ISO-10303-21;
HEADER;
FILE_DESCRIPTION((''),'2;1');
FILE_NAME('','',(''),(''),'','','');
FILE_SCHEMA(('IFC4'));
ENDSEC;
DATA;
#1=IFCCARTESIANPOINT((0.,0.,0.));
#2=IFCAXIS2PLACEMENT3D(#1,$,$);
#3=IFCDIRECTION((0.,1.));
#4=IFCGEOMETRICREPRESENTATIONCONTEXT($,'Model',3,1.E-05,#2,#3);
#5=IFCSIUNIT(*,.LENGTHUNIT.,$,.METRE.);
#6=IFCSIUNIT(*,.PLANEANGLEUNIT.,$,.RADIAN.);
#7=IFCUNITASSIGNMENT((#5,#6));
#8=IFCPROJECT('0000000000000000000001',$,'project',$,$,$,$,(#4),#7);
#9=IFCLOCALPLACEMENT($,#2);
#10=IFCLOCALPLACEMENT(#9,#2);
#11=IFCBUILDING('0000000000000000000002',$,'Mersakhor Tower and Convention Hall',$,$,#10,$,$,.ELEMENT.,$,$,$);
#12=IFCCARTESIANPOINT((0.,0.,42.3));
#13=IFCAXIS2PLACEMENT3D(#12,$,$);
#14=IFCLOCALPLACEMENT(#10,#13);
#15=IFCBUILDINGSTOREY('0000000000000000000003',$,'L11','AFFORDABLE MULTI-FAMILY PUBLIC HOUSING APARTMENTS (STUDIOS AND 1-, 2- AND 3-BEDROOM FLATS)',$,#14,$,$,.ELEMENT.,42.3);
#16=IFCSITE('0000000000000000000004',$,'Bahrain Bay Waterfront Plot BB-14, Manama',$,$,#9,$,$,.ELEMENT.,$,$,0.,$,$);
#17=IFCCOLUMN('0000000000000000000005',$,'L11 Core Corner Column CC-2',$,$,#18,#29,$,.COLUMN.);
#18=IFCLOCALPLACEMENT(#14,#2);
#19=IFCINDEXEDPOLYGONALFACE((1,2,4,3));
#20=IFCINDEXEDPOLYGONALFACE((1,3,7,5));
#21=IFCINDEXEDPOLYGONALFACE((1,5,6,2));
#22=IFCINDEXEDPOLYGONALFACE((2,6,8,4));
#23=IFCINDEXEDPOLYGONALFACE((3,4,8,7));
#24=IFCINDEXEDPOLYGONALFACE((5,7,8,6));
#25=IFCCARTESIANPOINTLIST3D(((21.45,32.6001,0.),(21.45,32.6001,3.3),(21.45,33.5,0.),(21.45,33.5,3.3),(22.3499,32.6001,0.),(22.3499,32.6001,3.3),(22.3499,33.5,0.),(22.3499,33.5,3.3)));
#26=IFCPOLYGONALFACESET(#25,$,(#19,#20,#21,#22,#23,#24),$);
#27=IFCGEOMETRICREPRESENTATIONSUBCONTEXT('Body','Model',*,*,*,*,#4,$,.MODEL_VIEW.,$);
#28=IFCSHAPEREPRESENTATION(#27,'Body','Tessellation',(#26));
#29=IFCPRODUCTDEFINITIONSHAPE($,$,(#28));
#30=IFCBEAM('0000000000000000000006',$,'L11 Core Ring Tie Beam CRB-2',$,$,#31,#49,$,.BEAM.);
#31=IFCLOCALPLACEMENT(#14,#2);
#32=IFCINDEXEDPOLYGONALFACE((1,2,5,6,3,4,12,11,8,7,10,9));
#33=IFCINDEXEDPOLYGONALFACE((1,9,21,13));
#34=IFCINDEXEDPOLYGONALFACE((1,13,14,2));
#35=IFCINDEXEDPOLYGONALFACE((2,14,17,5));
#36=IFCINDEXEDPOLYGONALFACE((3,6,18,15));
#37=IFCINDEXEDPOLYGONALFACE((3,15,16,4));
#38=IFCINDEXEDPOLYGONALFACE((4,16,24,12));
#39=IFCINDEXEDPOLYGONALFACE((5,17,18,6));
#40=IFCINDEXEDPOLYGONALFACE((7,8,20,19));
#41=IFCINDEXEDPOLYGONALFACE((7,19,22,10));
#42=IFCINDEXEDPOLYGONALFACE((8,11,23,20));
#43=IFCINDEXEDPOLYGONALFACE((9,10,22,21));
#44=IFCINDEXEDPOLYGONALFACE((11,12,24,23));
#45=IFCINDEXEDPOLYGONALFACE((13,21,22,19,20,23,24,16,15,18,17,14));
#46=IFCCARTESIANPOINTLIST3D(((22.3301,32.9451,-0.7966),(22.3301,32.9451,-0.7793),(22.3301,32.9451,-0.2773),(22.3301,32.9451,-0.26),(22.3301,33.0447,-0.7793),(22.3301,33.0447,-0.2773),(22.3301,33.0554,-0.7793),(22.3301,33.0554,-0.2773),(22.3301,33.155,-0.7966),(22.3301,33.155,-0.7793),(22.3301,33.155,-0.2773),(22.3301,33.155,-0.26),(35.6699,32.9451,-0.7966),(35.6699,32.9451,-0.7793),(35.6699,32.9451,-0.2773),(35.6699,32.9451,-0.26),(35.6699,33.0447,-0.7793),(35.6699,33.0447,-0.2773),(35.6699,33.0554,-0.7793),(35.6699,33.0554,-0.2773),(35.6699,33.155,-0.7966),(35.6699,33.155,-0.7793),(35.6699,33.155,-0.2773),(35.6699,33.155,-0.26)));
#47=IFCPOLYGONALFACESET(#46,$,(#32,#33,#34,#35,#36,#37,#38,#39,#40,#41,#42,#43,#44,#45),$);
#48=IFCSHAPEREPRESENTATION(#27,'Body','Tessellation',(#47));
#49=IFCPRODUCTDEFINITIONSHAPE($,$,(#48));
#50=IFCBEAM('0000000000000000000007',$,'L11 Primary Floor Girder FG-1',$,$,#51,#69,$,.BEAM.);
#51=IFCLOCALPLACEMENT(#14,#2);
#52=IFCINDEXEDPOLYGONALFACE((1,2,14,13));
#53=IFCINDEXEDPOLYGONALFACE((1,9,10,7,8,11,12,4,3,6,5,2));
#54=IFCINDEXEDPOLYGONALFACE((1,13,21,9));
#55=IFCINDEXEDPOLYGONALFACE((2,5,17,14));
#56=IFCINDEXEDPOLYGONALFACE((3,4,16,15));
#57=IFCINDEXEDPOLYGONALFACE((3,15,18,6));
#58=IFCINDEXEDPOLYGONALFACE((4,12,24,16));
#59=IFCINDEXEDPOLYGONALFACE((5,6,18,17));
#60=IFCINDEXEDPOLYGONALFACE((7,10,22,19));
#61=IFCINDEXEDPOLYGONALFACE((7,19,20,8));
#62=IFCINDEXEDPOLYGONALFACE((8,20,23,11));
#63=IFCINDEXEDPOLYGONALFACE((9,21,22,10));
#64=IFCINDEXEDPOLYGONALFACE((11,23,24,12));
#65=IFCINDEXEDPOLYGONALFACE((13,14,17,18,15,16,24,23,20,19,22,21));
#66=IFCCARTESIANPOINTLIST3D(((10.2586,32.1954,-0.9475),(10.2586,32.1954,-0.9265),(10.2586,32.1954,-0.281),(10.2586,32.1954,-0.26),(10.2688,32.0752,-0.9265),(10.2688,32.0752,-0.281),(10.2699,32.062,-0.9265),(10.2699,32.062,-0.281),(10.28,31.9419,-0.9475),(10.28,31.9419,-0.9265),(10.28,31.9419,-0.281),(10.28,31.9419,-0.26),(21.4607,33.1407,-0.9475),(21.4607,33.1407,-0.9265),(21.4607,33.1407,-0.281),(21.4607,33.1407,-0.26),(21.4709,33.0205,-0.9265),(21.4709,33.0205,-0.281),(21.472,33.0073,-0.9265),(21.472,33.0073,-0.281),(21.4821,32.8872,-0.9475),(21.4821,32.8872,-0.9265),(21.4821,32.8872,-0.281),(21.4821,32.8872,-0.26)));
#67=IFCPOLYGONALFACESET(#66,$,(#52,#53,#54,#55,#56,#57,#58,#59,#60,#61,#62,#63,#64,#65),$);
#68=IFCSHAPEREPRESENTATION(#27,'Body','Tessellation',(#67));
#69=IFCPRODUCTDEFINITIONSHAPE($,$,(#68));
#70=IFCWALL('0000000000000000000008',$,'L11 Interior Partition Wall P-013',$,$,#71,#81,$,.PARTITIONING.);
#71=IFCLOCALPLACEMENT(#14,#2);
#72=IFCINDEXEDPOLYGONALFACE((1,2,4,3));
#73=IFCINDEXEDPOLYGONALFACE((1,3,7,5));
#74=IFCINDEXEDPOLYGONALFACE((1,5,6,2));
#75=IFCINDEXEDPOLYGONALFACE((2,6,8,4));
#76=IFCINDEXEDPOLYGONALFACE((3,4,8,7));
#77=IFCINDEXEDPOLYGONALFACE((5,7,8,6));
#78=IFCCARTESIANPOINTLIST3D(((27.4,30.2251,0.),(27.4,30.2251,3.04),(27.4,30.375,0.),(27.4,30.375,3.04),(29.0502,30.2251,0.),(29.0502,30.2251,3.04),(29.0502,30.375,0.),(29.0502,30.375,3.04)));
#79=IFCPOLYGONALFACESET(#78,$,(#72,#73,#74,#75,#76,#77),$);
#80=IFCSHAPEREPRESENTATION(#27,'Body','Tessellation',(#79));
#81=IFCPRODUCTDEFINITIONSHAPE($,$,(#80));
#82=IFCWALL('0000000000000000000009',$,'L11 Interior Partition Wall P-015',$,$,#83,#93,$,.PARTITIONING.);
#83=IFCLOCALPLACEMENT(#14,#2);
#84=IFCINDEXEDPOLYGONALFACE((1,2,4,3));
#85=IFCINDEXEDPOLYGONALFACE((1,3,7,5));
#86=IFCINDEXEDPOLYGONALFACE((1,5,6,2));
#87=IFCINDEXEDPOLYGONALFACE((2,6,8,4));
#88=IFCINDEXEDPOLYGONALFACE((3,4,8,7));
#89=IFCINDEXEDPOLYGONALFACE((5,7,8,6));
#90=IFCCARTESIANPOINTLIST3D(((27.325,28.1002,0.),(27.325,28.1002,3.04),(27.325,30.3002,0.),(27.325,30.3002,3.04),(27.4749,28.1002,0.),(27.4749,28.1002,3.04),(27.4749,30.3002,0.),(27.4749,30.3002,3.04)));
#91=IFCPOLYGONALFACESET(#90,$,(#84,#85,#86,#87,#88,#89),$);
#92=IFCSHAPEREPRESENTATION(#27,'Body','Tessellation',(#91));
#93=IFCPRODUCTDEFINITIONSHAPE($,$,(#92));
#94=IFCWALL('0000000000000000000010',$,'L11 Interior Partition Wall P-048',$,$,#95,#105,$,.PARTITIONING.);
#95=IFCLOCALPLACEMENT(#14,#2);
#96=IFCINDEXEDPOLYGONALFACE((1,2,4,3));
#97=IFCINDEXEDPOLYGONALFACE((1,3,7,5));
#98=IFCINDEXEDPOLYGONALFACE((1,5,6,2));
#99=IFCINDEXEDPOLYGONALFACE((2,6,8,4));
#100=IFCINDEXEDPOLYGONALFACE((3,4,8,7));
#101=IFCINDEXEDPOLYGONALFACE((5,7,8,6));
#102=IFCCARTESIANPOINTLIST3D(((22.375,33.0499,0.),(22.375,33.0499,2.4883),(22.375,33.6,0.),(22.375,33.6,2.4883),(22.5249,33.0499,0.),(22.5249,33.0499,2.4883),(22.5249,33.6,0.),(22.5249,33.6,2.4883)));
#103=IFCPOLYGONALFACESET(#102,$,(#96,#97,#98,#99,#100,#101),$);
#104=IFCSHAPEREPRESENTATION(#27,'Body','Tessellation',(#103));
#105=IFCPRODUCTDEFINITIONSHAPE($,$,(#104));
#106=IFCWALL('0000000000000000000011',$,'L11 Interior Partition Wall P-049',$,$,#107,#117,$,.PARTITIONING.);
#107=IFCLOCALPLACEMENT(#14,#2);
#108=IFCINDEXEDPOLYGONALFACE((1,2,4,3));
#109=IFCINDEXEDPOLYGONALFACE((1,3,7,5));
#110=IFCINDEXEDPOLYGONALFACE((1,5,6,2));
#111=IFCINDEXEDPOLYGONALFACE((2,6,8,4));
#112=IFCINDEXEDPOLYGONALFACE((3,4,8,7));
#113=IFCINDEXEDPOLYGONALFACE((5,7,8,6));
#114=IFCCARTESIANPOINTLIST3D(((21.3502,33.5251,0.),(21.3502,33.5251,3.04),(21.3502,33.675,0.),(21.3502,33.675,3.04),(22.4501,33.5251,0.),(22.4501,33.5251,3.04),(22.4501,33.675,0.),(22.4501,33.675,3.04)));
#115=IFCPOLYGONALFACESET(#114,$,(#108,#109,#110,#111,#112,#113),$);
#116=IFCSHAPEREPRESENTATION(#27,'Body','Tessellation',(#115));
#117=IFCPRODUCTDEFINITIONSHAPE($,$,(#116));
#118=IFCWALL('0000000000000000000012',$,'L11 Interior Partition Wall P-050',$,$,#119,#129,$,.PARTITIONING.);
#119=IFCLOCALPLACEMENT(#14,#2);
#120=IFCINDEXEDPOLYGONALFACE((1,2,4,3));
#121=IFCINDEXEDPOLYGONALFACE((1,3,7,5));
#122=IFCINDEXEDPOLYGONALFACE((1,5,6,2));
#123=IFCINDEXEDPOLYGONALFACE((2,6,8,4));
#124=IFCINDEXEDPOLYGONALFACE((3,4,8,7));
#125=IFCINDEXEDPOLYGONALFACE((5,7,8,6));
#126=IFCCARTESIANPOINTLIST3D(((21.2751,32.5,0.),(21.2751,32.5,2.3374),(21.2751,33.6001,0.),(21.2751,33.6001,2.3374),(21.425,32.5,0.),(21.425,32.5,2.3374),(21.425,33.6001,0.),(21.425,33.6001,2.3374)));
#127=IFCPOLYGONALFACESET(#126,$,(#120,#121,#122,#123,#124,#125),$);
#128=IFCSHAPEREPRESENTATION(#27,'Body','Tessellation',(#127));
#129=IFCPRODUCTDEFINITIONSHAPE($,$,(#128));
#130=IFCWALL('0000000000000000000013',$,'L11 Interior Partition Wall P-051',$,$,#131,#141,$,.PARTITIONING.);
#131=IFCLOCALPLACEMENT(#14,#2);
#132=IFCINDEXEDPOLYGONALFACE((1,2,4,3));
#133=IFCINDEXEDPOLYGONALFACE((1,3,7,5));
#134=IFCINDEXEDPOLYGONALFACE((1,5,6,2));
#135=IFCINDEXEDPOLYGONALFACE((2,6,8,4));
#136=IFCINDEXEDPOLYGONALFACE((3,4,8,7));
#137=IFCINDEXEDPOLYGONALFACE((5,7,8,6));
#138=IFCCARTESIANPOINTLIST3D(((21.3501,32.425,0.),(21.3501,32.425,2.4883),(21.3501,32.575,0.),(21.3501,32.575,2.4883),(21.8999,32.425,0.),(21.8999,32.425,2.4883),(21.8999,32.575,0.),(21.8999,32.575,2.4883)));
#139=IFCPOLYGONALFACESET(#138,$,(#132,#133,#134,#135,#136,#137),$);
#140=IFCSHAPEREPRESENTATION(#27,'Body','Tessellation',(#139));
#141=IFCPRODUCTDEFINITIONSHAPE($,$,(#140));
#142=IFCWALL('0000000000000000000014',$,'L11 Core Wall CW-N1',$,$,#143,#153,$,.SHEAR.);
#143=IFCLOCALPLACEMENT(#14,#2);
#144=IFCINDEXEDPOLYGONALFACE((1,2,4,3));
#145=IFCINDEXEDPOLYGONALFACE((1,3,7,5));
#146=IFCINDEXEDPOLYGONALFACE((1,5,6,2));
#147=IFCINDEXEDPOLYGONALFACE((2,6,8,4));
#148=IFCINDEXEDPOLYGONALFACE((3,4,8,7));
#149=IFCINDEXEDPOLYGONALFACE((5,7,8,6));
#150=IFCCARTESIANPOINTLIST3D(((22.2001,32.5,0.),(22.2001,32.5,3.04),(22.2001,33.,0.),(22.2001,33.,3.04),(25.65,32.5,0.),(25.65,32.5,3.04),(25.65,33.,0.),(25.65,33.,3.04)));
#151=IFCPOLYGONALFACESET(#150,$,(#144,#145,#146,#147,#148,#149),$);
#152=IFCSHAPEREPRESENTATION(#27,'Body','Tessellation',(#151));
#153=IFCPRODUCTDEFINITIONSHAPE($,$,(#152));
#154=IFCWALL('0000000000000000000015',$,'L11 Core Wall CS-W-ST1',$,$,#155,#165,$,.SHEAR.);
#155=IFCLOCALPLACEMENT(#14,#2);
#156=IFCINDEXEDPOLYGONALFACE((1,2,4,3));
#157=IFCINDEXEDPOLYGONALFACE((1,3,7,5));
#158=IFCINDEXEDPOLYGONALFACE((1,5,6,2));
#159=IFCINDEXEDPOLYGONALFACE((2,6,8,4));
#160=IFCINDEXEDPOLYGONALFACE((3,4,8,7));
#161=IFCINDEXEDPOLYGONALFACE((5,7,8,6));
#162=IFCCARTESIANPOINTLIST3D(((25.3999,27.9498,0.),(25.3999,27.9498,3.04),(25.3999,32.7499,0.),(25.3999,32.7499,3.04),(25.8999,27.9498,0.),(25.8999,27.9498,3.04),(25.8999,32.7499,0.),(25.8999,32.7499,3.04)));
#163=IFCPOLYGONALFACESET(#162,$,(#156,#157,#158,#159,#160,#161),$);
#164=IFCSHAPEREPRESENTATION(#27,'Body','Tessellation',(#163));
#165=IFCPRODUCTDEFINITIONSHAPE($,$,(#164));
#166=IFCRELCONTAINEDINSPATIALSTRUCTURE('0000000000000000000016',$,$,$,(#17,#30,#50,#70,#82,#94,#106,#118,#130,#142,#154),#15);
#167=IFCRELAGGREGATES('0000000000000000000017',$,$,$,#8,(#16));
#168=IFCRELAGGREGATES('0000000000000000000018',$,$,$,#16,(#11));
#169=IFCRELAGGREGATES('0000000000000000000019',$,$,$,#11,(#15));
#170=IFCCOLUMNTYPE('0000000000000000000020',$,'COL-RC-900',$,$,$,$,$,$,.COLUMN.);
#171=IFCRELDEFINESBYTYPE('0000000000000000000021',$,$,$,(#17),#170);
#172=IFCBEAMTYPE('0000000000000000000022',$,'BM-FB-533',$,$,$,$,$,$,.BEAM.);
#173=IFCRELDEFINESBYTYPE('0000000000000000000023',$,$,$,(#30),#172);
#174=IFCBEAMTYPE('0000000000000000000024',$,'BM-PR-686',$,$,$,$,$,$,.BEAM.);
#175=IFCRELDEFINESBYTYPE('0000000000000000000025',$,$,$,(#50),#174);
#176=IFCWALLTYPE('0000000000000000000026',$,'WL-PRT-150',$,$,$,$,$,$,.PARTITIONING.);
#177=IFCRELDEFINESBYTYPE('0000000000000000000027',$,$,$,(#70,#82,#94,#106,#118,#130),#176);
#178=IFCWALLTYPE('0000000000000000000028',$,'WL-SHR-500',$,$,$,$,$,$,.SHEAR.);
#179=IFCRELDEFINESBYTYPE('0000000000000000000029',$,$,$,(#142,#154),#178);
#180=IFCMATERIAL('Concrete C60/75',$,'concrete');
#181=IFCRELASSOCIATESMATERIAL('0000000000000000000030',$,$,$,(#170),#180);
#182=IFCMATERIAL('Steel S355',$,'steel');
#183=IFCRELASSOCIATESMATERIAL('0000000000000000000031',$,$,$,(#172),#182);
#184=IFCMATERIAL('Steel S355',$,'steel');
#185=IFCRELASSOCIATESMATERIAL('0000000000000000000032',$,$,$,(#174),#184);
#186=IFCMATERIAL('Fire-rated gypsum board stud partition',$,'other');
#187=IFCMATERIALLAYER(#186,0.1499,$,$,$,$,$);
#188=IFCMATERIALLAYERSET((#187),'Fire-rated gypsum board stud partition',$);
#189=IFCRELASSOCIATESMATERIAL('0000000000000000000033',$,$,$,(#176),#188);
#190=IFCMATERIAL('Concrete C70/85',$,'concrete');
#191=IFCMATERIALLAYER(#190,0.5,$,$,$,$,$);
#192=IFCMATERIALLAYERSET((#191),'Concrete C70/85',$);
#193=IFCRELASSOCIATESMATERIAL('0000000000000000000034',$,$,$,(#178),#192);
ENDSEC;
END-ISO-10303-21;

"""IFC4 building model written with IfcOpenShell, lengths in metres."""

from ifc_helpers import new_model, si_unit, direction, frame, frame_2d, origin, origin_2d, place, context, subcontext, project, spatial, rectangle, i_section, extrude, material, layer, layer_set, material_profile, profile_set, type_object, element, save


model = new_model("IFC4")

# Units and contexts
model_context = context("Model", 3, precision=1e-05, world=origin(), true_north=direction((0.0, 1.0)))
body_context = subcontext(model_context, "Body", "Model", "MODEL_VIEW")
ifc_project = project(units=[si_unit("LENGTHUNIT", "METRE"), si_unit("PLANEANGLEUNIT", "RADIAN")], contexts=[model_context])

# Site, building, storey
site_placement = place(None, origin())
site = spatial("IfcSite", under=ifc_project, at=site_placement, Name="Bahrain Bay Waterfront Plot BB-14, Manama", CompositionType="ELEMENT", RefElevation=0.0)
building_placement = place(site_placement, origin())
building = spatial("IfcBuilding", under=site, at=building_placement, Name="Mersakhor Tower and Convention Hall", CompositionType="ELEMENT")
storey_placement = place(building_placement, frame((0.0, 0.0, 42.3)))
storey = spatial("IfcBuildingStorey", under=building, at=storey_placement, Name="L11", Description="AFFORDABLE MULTI-FAMILY PUBLIC HOUSING APARTMENTS (STUDIOS AND 1-, 2- AND 3-BEDROOM FLATS)", CompositionType="ELEMENT", Elevation=42.3)

# Column
ifc_material_1 = material(Name="Concrete C60/75", Category="concrete")
ifc_material_profile_1 = material_profile(ifc_material_1, rectangle(XDim=0.8999, YDim=0.8999, at=origin_2d()), Name="RC 900x900")
ifc_profile_set_1 = profile_set([ifc_material_profile_1], Name="Concrete C60/75")
column_type = type_object("IfcColumnType", Name="COL-RC-900", PredefinedType="COLUMN", material=ifc_profile_set_1)
column_placement = place(storey_placement, frame((21.8999, 33.05, 0.0), z_axis=(0.0, 0.0, 1.0), x_axis=(1.0, 0.0, 0.0)))
element("IfcColumn", 1, at=column_placement, inside=storey, type_object=column_type, Name="L11 Core Corner Column CC-2", PredefinedType="COLUMN", context=body_context, shape_type="SweptSolid", body=[
    extrude(rectangle(XDim=0.8999, YDim=0.8999, at=origin_2d()), origin(), (0.0, 0.0, 1.0), 3.3),
])

# Beams
ifc_material_2 = material(Name="Steel S355", Category="steel")
ifc_material_profile_2 = material_profile(ifc_material_2, i_section(OverallWidth=0.21, OverallDepth=0.5366, WebThickness=0.0107, FlangeThickness=0.0173, at=origin_2d()), Name="UB 533x210x101")
ifc_profile_set_2 = profile_set([ifc_material_profile_2], Name="Steel S355")
beam_type_1 = type_object("IfcBeamType", Name="BM-FB-533", PredefinedType="BEAM", material=ifc_profile_set_2)
beam_1_placement = place(storey_placement, frame((22.3301, 33.05, -0.5283), z_axis=(1.0, 0.0, 0.0), x_axis=(0.0, 1.0, 0.0)))
element("IfcBeam", 2, at=beam_1_placement, inside=storey, type_object=beam_type_1, Name="L11 Core Ring Tie Beam CRB-2", PredefinedType="BEAM", context=body_context, shape_type="SweptSolid", body=[
    extrude(i_section(OverallWidth=0.21, OverallDepth=0.5366, WebThickness=0.0107, FlangeThickness=0.0173, at=origin_2d()), origin(), (0.0, 0.0, 1.0), 13.3398),
])
ifc_material_3 = material(Name="Steel S355", Category="steel")
ifc_material_profile_3 = material_profile(ifc_material_3, i_section(OverallWidth=0.2544, OverallDepth=0.6875, WebThickness=0.0132, FlangeThickness=0.021, at=origin_2d()), Name="UB 686x254x152")
ifc_profile_set_3 = profile_set([ifc_material_profile_3], Name="Steel S355")
beam_type_2 = type_object("IfcBeamType", Name="BM-PR-686", PredefinedType="BEAM", material=ifc_profile_set_3)
beam_2_placement = place(storey_placement, frame((21.4714, 33.0139, -0.6038), z_axis=(-0.996458, -0.084088, 0.0), x_axis=(0.084088, -0.996458, 0.0)))
element("IfcBeam", 3, at=beam_2_placement, inside=storey, type_object=beam_type_2, Name="L11 Primary Floor Girder FG-1", PredefinedType="BEAM", context=body_context, shape_type="SweptSolid", body=[
    extrude(i_section(OverallWidth=0.2544, OverallDepth=0.6875, WebThickness=0.0132, FlangeThickness=0.021, at=origin_2d()), origin(), (0.0, 0.0, 1.0), 11.2419),
])

# Walls
ifc_material_4 = material(Name="Fire-rated gypsum board stud partition", Category="other")
ifc_layer_1 = layer(ifc_material_4, 0.1499)
ifc_layer_set_1 = layer_set([ifc_layer_1], Name="Fire-rated gypsum board stud partition")
wall_type_1 = type_object("IfcWallType", Name="WL-PRT-150", PredefinedType="PARTITIONING", material=ifc_layer_set_1)
wall_1_placement = place(storey_placement, frame((27.3999, 30.3, 0.0), z_axis=(0.0, 0.0, 1.0), x_axis=(1.0, 0.0, 0.0)))
element("IfcWall", 4, at=wall_1_placement, inside=storey, type_object=wall_type_1, Name="L11 Interior Partition Wall P-013", PredefinedType="PARTITIONING", context=body_context, shape_type="SweptSolid", body=[
    extrude(rectangle(XDim=1.6501, YDim=0.1499, at=frame_2d((0.8252, 0.0))), origin(), (0.0, 0.0, 1.0), 3.04),
])
wall_2_placement = place(storey_placement, frame((27.3999, 28.1001, 0.0), z_axis=(0.0, 0.0, 1.0), x_axis=(0.0, 1.0, 0.0)))
element("IfcWall", 5, at=wall_2_placement, inside=storey, type_object=wall_type_1, Name="L11 Interior Partition Wall P-015", PredefinedType="PARTITIONING", context=body_context, shape_type="SweptSolid", body=[
    extrude(rectangle(XDim=2.2, YDim=0.1499, at=frame_2d((1.1001, 0.0))), origin(), (0.0, 0.0, 1.0), 3.04),
])
wall_3_placement = place(storey_placement, frame((22.45, 33.05, 0.0), z_axis=(0.0, 0.0, 1.0), x_axis=(0.0, 1.0, 0.0)))
element("IfcWall", 6, at=wall_3_placement, inside=storey, type_object=wall_type_1, Name="L11 Interior Partition Wall P-048", PredefinedType="PARTITIONING", context=body_context, shape_type="SweptSolid", body=[
    extrude(rectangle(XDim=0.55, YDim=0.1499, at=frame_2d((0.2749, 0.0))), origin(), (0.0, 0.0, 1.0), 2.4883),
])
wall_4_placement = place(storey_placement, frame((22.45, 33.6001, 0.0), z_axis=(0.0, 0.0, 1.0), x_axis=(-1.0, 0.0, 0.0)))
element("IfcWall", 7, at=wall_4_placement, inside=storey, type_object=wall_type_1, Name="L11 Interior Partition Wall P-049", PredefinedType="PARTITIONING", context=body_context, shape_type="SweptSolid", body=[
    extrude(rectangle(XDim=1.0999, YDim=0.1499, at=frame_2d((0.5498, 0.0))), origin(), (0.0, 0.0, 1.0), 3.04),
])
wall_5_placement = place(storey_placement, frame((21.3501, 33.6001, 0.0), z_axis=(0.0, 0.0, 1.0), x_axis=(0.0, -1.0, 0.0)))
element("IfcWall", 8, at=wall_5_placement, inside=storey, type_object=wall_type_1, Name="L11 Interior Partition Wall P-050", PredefinedType="PARTITIONING", context=body_context, shape_type="SweptSolid", body=[
    extrude(rectangle(XDim=1.1001, YDim=0.1499, at=frame_2d((0.55, 0.0))), origin(), (0.0, 0.0, 1.0), 2.3374),
])
wall_6_placement = place(storey_placement, frame((21.3501, 32.5, 0.0), z_axis=(0.0, 0.0, 1.0), x_axis=(1.0, 0.0, 0.0)))
element("IfcWall", 9, at=wall_6_placement, inside=storey, type_object=wall_type_1, Name="L11 Interior Partition Wall P-051", PredefinedType="PARTITIONING", context=body_context, shape_type="SweptSolid", body=[
    extrude(rectangle(XDim=0.5498, YDim=0.1499, at=frame_2d((0.2749, 0.0))), origin(), (0.0, 0.0, 1.0), 2.4883),
])

# Wall
ifc_material_5 = material(Name="Concrete C70/85", Category="concrete")
ifc_layer_2 = layer(ifc_material_5, 0.5)
ifc_layer_set_2 = layer_set([ifc_layer_2], Name="Concrete C70/85")
wall_type_2 = type_object("IfcWallType", Name="WL-SHR-500", PredefinedType="SHEAR", material=ifc_layer_set_2)
wall_7_placement = place(storey_placement, frame((22.2, 32.75, 0.0), z_axis=(0.0, 0.0, 1.0), x_axis=(1.0, 0.0, 0.0)))
element("IfcWall", 10, at=wall_7_placement, inside=storey, type_object=wall_type_2, Name="L11 Core Wall CW-N1", PredefinedType="SHEAR", context=body_context, shape_type="SweptSolid", body=[
    extrude(rectangle(XDim=3.45, YDim=0.5, at=frame_2d((1.7251, 0.0))), origin(), (0.0, 0.0, 1.0), 3.04),
])

# Wall
wall_8_placement = place(storey_placement, frame((25.6499, 27.95, 0.0), z_axis=(0.0, 0.0, 1.0), x_axis=(0.0, 1.0, 0.0)))
element("IfcWall", 11, at=wall_8_placement, inside=storey, type_object=wall_type_2, Name="L11 Core Wall CS-W-ST1", PredefinedType="SHEAR", context=body_context, shape_type="SweptSolid", body=[
    extrude(rectangle(XDim=4.8, YDim=0.5, at=frame_2d((2.3999, 0.0))), origin(), (0.0, 0.0, 1.0), 3.04),
])

save(model, "model.ifc")
